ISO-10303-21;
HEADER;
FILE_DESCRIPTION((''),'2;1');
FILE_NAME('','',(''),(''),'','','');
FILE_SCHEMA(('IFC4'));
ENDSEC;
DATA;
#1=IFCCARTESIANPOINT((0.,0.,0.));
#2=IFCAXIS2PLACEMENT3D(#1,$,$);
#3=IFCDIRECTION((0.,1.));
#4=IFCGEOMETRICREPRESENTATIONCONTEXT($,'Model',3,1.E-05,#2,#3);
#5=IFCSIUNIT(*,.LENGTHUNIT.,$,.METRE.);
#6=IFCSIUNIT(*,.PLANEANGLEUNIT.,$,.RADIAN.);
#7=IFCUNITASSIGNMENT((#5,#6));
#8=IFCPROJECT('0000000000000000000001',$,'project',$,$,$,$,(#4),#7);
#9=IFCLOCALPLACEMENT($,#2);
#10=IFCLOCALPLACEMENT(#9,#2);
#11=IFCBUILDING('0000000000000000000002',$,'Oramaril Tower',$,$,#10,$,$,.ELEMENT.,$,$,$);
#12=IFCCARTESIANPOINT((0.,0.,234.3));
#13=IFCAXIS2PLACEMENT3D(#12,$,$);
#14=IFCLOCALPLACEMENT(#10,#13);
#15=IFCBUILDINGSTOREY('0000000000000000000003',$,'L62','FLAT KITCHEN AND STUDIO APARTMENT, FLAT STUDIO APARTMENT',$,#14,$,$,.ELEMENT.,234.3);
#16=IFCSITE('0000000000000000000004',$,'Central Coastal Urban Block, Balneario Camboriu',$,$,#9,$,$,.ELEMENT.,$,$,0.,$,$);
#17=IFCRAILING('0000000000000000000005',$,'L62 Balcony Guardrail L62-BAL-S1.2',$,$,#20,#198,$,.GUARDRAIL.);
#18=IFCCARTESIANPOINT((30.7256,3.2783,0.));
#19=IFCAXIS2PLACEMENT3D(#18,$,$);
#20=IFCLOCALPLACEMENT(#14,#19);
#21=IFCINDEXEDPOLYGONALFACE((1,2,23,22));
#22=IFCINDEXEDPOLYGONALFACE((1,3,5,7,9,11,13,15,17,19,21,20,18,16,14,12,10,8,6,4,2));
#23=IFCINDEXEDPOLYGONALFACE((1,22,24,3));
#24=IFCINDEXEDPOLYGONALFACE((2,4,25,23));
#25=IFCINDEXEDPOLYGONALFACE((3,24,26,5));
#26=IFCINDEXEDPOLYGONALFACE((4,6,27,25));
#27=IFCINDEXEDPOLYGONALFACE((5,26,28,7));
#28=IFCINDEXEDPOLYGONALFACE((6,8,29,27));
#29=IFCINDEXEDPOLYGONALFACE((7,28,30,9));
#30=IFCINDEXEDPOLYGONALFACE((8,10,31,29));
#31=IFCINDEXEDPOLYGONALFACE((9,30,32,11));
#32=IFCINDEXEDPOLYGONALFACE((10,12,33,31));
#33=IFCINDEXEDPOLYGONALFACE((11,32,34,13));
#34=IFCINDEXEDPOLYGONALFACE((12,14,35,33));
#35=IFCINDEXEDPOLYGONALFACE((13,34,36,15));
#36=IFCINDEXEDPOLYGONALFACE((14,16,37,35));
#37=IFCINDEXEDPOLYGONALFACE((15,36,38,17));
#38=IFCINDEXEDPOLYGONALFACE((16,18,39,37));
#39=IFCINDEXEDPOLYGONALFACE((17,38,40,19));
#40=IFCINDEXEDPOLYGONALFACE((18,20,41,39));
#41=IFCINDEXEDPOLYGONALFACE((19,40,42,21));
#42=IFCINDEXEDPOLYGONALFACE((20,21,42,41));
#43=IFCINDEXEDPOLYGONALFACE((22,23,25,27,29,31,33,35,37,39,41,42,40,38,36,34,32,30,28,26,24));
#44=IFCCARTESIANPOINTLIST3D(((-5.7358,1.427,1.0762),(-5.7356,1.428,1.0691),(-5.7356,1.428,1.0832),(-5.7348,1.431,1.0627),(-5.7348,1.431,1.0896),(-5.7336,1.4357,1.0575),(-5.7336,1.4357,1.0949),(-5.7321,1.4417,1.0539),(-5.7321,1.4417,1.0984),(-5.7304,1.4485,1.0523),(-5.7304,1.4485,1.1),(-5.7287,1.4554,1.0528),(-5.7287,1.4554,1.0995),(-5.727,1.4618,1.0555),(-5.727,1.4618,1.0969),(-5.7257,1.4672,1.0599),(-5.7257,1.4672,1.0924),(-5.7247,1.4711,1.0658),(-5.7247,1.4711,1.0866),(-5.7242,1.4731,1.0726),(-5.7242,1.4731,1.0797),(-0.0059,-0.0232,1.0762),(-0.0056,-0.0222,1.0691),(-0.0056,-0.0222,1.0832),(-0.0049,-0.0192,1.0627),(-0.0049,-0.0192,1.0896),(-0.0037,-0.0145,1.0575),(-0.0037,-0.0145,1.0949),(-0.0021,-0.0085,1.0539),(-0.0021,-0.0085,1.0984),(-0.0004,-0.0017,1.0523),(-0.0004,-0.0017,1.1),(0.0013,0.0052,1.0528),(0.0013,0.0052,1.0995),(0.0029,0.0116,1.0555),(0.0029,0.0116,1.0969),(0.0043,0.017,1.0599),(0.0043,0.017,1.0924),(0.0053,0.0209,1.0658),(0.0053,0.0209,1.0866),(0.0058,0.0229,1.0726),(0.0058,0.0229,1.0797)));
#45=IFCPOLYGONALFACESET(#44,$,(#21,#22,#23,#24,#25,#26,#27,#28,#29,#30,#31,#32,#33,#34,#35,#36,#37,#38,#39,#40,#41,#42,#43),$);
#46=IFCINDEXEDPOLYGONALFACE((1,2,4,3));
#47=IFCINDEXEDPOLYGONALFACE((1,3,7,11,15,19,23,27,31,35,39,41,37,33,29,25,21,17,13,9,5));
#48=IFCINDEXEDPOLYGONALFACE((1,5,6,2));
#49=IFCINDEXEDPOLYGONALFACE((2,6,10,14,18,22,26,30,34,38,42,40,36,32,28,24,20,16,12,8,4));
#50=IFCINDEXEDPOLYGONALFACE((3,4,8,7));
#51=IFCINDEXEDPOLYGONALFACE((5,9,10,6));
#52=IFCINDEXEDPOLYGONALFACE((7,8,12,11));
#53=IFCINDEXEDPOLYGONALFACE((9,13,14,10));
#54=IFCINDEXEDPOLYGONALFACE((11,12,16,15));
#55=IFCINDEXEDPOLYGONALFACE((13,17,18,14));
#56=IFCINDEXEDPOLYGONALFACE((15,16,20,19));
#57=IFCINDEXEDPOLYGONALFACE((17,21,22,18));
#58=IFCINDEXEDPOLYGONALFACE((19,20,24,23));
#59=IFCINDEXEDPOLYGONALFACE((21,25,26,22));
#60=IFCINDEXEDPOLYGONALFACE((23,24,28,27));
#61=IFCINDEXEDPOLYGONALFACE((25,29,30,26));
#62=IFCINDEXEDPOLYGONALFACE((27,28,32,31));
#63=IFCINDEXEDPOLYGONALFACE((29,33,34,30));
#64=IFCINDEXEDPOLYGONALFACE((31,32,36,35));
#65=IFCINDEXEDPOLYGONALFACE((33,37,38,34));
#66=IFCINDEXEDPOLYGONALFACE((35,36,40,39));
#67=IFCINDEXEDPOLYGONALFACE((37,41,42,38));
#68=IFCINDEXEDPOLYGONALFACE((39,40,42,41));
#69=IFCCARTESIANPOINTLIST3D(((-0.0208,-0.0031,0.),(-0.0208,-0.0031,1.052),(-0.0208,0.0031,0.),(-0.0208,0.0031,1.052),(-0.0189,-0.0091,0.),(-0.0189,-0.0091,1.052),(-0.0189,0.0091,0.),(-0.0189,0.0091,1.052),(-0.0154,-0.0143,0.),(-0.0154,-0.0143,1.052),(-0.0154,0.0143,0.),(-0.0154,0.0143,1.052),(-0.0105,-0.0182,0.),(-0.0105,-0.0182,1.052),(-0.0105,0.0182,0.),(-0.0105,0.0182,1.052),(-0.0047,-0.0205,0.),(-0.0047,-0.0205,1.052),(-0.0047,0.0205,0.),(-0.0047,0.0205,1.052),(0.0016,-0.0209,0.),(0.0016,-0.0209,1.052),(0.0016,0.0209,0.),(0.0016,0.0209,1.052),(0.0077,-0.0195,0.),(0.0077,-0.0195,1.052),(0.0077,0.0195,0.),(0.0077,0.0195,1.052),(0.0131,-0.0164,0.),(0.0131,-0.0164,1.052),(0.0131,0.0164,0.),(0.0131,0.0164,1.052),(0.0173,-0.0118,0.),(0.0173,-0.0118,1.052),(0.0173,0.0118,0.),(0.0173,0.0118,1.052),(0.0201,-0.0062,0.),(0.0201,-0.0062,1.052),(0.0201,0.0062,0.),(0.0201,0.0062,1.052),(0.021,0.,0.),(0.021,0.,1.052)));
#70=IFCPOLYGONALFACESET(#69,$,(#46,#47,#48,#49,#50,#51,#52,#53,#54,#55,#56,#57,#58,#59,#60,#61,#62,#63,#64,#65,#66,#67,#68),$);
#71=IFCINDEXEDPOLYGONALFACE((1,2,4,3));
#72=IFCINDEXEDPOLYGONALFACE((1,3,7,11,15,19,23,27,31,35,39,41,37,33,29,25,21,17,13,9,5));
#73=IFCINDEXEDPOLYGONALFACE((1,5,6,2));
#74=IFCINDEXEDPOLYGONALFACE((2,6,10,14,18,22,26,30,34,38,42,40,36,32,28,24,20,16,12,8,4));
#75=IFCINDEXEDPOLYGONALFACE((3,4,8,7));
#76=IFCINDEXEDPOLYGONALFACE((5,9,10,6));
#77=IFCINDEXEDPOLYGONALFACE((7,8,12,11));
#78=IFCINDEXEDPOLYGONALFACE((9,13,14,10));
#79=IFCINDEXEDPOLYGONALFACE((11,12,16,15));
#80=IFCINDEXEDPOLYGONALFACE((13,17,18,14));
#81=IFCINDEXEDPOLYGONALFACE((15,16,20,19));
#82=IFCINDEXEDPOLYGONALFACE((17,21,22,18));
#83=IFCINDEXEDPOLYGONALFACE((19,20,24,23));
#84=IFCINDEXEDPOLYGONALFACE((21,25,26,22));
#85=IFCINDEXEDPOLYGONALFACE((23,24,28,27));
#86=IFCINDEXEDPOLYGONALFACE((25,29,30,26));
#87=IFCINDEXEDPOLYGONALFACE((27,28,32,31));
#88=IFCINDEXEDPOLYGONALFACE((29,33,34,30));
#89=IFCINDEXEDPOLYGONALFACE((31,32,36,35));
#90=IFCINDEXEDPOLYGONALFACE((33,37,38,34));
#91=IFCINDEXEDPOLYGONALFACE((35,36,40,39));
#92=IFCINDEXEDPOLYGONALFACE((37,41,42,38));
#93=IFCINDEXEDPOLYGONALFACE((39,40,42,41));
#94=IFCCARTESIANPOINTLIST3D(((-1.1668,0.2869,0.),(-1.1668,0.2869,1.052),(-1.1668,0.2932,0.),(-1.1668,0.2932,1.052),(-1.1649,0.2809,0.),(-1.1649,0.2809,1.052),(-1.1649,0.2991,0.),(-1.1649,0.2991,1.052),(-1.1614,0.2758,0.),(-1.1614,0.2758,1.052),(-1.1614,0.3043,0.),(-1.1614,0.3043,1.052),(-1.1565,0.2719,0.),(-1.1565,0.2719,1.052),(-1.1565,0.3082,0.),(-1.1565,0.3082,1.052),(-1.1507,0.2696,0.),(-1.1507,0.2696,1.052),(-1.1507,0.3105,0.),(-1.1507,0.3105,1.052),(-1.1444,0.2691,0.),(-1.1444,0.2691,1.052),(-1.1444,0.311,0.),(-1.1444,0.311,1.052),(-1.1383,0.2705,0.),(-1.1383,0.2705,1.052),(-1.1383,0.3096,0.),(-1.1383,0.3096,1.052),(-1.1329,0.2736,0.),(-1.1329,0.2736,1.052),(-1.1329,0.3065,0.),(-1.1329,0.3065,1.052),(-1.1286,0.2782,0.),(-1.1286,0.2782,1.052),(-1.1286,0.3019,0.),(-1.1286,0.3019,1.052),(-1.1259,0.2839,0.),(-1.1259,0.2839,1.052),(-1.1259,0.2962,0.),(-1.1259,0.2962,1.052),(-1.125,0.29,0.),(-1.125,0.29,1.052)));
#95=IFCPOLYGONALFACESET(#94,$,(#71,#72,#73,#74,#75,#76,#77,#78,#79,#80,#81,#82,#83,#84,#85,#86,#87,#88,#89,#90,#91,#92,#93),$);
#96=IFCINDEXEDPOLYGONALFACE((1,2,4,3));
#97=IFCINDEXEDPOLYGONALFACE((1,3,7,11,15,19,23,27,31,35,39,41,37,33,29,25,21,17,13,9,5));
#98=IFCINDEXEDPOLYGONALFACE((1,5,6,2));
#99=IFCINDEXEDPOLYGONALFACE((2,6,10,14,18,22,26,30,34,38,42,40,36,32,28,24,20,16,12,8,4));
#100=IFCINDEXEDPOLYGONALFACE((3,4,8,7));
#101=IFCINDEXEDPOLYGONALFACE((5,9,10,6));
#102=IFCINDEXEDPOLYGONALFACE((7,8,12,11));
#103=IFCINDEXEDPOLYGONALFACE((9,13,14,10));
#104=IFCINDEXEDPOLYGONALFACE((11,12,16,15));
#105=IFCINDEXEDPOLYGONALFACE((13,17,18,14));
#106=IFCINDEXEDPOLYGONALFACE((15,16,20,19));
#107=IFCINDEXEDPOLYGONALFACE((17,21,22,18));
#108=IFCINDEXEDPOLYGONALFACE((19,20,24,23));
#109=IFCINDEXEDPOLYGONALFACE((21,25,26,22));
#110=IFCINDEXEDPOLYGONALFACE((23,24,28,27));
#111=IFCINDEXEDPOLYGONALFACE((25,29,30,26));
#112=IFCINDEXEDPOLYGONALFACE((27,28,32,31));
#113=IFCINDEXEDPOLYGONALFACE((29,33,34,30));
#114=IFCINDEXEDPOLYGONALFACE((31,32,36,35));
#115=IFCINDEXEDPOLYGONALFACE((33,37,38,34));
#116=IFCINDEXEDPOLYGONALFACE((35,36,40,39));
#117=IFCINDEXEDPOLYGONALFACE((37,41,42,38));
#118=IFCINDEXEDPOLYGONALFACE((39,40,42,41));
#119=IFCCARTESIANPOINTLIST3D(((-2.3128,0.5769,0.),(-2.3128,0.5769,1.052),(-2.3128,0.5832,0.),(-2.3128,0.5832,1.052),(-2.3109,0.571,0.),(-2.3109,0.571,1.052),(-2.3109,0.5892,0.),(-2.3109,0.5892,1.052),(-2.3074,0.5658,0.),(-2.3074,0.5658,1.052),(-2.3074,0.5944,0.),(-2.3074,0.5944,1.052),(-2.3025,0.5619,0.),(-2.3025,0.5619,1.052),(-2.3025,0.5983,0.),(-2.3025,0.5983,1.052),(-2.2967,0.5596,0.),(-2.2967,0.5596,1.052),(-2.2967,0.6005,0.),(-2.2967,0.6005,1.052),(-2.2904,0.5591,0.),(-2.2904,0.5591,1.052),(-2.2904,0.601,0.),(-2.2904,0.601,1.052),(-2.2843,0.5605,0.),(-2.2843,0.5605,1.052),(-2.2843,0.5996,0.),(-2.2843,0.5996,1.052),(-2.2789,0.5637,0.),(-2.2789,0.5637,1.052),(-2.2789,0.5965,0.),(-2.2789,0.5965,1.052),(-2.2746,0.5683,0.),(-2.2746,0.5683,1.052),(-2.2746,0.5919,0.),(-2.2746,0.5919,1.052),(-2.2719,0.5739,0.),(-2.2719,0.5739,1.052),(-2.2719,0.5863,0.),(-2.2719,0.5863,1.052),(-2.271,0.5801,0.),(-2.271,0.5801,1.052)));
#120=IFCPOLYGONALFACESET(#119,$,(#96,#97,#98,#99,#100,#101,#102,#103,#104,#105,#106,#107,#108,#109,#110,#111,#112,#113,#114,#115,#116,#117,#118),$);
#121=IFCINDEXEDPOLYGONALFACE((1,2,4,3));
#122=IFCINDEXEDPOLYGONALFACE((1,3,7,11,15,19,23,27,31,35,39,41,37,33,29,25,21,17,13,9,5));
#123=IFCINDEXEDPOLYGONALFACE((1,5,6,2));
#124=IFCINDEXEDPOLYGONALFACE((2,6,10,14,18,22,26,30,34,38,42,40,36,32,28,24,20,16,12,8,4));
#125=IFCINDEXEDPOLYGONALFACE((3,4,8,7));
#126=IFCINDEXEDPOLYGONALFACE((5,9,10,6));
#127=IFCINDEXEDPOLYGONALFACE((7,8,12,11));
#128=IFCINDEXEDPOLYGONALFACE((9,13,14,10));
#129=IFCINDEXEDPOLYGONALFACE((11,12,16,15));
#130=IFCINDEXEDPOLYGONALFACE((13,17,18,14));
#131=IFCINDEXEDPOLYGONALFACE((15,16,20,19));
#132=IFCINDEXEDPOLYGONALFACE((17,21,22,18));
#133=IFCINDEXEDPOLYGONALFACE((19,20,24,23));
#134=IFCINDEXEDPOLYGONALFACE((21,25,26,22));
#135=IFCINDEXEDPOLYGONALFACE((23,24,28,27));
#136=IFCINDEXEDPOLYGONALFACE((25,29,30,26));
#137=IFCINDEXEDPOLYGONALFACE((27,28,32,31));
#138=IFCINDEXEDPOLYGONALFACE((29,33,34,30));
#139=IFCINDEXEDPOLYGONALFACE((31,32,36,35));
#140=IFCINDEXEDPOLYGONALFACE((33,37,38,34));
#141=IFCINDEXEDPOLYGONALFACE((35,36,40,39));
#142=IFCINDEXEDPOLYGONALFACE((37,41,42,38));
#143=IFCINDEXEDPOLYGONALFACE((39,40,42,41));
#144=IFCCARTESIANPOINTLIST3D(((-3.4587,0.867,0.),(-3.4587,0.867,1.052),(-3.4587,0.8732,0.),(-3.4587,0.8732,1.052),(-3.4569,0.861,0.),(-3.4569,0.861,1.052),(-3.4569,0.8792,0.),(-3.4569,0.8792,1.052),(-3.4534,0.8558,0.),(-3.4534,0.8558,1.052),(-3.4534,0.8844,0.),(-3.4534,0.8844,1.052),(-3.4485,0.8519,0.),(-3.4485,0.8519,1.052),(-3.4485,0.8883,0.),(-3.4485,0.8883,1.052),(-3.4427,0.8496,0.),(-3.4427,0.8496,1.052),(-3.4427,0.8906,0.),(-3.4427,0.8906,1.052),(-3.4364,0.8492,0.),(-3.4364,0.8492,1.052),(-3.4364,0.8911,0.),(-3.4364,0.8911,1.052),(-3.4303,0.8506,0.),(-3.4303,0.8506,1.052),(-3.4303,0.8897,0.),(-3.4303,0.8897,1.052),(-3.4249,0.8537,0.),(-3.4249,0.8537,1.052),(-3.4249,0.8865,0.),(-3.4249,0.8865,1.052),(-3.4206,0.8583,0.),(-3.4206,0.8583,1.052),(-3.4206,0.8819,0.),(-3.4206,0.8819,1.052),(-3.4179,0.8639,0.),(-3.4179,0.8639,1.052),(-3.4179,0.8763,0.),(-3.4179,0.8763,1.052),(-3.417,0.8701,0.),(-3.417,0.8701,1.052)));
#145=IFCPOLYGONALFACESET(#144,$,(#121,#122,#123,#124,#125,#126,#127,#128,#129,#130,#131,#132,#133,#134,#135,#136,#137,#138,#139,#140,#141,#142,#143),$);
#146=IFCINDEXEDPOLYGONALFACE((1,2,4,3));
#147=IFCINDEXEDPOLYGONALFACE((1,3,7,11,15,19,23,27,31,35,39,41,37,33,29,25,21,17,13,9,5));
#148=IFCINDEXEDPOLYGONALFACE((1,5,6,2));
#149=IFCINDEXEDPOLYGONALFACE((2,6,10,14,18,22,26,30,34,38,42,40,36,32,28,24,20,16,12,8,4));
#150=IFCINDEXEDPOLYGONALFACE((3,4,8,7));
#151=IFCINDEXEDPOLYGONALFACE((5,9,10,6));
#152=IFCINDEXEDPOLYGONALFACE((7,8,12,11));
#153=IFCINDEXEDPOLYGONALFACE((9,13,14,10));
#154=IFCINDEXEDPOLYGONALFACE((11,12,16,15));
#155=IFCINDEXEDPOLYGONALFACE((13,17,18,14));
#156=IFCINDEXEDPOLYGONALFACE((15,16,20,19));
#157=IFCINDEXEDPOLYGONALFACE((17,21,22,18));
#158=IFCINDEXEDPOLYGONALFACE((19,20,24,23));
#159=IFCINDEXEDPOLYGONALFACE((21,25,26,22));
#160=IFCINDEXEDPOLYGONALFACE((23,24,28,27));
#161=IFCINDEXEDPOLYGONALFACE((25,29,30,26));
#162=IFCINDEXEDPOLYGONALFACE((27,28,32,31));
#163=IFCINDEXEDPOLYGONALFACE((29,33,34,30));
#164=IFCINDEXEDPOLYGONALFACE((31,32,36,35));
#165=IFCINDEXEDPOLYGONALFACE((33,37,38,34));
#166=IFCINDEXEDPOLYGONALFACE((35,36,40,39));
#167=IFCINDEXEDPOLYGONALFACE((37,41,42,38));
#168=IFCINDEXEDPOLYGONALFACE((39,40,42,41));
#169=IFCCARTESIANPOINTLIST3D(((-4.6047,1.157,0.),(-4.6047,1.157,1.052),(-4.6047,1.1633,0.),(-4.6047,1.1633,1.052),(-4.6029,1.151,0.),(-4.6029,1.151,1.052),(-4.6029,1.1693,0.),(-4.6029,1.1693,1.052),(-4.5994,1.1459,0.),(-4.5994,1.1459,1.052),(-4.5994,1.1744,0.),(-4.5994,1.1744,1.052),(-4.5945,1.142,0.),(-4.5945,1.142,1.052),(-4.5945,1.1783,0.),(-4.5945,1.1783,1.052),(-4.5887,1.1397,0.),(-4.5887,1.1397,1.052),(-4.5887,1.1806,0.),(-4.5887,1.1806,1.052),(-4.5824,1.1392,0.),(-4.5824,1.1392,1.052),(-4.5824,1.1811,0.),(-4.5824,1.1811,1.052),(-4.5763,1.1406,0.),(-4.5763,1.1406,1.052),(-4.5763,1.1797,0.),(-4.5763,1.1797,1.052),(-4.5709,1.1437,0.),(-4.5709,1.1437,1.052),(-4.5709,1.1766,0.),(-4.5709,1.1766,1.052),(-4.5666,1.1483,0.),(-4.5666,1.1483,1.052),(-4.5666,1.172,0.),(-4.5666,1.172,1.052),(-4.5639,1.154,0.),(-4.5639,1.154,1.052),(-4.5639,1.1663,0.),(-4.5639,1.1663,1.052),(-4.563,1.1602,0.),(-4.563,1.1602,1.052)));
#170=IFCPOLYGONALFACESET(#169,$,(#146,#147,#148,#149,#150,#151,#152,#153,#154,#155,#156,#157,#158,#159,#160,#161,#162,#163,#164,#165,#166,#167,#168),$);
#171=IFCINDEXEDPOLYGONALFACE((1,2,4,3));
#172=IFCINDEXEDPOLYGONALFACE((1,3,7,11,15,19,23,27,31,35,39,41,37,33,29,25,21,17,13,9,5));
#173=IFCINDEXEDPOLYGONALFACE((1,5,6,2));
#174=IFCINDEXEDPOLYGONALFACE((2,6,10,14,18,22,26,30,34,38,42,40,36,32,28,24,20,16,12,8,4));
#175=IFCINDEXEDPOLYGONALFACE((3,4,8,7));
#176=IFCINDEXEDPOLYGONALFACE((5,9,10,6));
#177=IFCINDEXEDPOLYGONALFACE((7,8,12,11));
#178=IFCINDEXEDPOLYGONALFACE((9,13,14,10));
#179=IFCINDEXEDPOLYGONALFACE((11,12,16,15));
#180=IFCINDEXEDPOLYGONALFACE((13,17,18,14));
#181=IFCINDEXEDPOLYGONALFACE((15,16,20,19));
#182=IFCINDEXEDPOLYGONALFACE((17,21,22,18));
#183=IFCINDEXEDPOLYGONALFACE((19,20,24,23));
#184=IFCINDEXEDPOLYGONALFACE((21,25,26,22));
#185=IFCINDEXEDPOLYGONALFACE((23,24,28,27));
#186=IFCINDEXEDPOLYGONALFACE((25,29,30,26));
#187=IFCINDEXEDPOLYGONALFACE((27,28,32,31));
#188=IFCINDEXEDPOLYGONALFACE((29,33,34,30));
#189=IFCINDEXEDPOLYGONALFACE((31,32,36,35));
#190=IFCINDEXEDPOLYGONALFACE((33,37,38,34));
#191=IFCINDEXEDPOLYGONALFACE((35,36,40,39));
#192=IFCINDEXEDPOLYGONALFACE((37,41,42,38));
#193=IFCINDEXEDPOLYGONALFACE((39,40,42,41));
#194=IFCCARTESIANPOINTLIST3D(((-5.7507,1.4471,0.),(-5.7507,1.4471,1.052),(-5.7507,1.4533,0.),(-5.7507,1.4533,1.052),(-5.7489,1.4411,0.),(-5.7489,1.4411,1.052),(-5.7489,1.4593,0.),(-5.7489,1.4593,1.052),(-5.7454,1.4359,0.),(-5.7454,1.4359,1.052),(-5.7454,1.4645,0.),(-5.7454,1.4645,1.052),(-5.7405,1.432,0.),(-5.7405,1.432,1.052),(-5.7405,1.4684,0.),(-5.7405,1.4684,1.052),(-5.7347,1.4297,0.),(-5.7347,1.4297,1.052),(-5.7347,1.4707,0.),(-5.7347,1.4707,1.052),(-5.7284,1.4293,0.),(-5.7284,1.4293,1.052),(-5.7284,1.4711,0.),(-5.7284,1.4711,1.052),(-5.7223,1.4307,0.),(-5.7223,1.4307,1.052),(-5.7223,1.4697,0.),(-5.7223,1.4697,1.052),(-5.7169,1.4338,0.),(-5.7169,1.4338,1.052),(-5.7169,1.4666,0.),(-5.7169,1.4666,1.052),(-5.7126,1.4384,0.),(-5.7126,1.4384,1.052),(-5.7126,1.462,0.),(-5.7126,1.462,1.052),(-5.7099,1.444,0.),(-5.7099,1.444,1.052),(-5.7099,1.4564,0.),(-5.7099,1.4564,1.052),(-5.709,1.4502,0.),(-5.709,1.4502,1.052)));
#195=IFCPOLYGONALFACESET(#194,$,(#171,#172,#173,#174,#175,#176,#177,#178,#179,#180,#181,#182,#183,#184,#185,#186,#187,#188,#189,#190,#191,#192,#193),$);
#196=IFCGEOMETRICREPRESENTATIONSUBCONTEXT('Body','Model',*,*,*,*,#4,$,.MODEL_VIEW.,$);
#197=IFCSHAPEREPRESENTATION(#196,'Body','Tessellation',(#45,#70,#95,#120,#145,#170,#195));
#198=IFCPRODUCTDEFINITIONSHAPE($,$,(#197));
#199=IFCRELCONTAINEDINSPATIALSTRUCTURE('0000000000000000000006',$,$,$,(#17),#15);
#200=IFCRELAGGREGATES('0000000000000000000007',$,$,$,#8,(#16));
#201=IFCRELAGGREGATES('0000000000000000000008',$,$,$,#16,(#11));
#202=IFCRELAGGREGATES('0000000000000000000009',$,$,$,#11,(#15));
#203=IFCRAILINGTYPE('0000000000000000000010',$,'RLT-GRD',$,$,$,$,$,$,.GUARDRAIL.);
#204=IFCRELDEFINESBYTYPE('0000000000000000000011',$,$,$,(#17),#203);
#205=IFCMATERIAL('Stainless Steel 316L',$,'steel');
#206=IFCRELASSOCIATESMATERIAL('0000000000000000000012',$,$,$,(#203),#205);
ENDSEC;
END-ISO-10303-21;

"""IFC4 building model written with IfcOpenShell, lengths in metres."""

from ifc_helpers import new_model, si_unit, direction, frame, origin, origin_2d, place, context, subcontext, project, spatial, circle, extrude, material, type_object, element, save


model = new_model("IFC4")

# Units and contexts
model_context = context("Model", 3, precision=1e-05, world=origin(), true_north=direction((0.0, 1.0)))
body_context = subcontext(model_context, "Body", "Model", "MODEL_VIEW")
ifc_project = project(units=[si_unit("LENGTHUNIT", "METRE"), si_unit("PLANEANGLEUNIT", "RADIAN")], contexts=[model_context])

# Site, building, storey
site_placement = place(None, origin())
site = spatial("IfcSite", under=ifc_project, at=site_placement, Name="Central Coastal Urban Block, Balneario Camboriu", CompositionType="ELEMENT", RefElevation=0.0)
building_placement = place(site_placement, origin())
building = spatial("IfcBuilding", under=site, at=building_placement, Name="Oramaril Tower", CompositionType="ELEMENT")
storey_placement = place(building_placement, frame((0.0, 0.0, 234.3)))
storey = spatial("IfcBuildingStorey", under=building, at=storey_placement, Name="L62", Description="FLAT KITCHEN AND STUDIO APARTMENT, FLAT STUDIO APARTMENT", CompositionType="ELEMENT", Elevation=234.3)

# Railing
ifc_material_1 = material(Name="Stainless Steel 316L", Category="steel")
railing_type = type_object("IfcRailingType", Name="RLT-GRD", PredefinedType="GUARDRAIL", material=ifc_material_1)
railing_1_placement = place(storey_placement, frame((30.7256, 3.2783, 0.0)))
element("IfcRailing", 1, at=railing_1_placement, inside=storey, type_object=railing_type, Name="L62 Balcony Guardrail L62-BAL-S1.2", PredefinedType="GUARDRAIL", context=body_context, shape_type="SweptSolid", body=[
    extrude(circle(Radius=0.0239, at=origin_2d()), frame((0.0, 0.0, 1.0762), z_axis=(-0.969434, 0.245353, 0.0), x_axis=(-0.245353, -0.969434, 0.0)), (0.0, 0.0, 1.0), 5.9106),
    extrude(circle(Radius=0.021, at=origin_2d()), origin(), (0.0, 0.0, 1.0), 1.052),
    extrude(circle(Radius=0.021, at=origin_2d()), frame((-1.146, 0.29, 0.0)), (0.0, 0.0, 1.0), 1.052),
    extrude(circle(Radius=0.021, at=origin_2d()), frame((-2.292, 0.5801, 0.0)), (0.0, 0.0, 1.0), 1.052),
    extrude(circle(Radius=0.021, at=origin_2d()), frame((-3.438, 0.8701, 0.0)), (0.0, 0.0, 1.0), 1.052),
    extrude(circle(Radius=0.021, at=origin_2d()), frame((-4.584, 1.1602, 0.0)), (0.0, 0.0, 1.0), 1.052),
    extrude(circle(Radius=0.021, at=origin_2d()), frame((-5.73, 1.4502, 0.0)), (0.0, 0.0, 1.0), 1.052),
])

save(model, "model.ifc")
